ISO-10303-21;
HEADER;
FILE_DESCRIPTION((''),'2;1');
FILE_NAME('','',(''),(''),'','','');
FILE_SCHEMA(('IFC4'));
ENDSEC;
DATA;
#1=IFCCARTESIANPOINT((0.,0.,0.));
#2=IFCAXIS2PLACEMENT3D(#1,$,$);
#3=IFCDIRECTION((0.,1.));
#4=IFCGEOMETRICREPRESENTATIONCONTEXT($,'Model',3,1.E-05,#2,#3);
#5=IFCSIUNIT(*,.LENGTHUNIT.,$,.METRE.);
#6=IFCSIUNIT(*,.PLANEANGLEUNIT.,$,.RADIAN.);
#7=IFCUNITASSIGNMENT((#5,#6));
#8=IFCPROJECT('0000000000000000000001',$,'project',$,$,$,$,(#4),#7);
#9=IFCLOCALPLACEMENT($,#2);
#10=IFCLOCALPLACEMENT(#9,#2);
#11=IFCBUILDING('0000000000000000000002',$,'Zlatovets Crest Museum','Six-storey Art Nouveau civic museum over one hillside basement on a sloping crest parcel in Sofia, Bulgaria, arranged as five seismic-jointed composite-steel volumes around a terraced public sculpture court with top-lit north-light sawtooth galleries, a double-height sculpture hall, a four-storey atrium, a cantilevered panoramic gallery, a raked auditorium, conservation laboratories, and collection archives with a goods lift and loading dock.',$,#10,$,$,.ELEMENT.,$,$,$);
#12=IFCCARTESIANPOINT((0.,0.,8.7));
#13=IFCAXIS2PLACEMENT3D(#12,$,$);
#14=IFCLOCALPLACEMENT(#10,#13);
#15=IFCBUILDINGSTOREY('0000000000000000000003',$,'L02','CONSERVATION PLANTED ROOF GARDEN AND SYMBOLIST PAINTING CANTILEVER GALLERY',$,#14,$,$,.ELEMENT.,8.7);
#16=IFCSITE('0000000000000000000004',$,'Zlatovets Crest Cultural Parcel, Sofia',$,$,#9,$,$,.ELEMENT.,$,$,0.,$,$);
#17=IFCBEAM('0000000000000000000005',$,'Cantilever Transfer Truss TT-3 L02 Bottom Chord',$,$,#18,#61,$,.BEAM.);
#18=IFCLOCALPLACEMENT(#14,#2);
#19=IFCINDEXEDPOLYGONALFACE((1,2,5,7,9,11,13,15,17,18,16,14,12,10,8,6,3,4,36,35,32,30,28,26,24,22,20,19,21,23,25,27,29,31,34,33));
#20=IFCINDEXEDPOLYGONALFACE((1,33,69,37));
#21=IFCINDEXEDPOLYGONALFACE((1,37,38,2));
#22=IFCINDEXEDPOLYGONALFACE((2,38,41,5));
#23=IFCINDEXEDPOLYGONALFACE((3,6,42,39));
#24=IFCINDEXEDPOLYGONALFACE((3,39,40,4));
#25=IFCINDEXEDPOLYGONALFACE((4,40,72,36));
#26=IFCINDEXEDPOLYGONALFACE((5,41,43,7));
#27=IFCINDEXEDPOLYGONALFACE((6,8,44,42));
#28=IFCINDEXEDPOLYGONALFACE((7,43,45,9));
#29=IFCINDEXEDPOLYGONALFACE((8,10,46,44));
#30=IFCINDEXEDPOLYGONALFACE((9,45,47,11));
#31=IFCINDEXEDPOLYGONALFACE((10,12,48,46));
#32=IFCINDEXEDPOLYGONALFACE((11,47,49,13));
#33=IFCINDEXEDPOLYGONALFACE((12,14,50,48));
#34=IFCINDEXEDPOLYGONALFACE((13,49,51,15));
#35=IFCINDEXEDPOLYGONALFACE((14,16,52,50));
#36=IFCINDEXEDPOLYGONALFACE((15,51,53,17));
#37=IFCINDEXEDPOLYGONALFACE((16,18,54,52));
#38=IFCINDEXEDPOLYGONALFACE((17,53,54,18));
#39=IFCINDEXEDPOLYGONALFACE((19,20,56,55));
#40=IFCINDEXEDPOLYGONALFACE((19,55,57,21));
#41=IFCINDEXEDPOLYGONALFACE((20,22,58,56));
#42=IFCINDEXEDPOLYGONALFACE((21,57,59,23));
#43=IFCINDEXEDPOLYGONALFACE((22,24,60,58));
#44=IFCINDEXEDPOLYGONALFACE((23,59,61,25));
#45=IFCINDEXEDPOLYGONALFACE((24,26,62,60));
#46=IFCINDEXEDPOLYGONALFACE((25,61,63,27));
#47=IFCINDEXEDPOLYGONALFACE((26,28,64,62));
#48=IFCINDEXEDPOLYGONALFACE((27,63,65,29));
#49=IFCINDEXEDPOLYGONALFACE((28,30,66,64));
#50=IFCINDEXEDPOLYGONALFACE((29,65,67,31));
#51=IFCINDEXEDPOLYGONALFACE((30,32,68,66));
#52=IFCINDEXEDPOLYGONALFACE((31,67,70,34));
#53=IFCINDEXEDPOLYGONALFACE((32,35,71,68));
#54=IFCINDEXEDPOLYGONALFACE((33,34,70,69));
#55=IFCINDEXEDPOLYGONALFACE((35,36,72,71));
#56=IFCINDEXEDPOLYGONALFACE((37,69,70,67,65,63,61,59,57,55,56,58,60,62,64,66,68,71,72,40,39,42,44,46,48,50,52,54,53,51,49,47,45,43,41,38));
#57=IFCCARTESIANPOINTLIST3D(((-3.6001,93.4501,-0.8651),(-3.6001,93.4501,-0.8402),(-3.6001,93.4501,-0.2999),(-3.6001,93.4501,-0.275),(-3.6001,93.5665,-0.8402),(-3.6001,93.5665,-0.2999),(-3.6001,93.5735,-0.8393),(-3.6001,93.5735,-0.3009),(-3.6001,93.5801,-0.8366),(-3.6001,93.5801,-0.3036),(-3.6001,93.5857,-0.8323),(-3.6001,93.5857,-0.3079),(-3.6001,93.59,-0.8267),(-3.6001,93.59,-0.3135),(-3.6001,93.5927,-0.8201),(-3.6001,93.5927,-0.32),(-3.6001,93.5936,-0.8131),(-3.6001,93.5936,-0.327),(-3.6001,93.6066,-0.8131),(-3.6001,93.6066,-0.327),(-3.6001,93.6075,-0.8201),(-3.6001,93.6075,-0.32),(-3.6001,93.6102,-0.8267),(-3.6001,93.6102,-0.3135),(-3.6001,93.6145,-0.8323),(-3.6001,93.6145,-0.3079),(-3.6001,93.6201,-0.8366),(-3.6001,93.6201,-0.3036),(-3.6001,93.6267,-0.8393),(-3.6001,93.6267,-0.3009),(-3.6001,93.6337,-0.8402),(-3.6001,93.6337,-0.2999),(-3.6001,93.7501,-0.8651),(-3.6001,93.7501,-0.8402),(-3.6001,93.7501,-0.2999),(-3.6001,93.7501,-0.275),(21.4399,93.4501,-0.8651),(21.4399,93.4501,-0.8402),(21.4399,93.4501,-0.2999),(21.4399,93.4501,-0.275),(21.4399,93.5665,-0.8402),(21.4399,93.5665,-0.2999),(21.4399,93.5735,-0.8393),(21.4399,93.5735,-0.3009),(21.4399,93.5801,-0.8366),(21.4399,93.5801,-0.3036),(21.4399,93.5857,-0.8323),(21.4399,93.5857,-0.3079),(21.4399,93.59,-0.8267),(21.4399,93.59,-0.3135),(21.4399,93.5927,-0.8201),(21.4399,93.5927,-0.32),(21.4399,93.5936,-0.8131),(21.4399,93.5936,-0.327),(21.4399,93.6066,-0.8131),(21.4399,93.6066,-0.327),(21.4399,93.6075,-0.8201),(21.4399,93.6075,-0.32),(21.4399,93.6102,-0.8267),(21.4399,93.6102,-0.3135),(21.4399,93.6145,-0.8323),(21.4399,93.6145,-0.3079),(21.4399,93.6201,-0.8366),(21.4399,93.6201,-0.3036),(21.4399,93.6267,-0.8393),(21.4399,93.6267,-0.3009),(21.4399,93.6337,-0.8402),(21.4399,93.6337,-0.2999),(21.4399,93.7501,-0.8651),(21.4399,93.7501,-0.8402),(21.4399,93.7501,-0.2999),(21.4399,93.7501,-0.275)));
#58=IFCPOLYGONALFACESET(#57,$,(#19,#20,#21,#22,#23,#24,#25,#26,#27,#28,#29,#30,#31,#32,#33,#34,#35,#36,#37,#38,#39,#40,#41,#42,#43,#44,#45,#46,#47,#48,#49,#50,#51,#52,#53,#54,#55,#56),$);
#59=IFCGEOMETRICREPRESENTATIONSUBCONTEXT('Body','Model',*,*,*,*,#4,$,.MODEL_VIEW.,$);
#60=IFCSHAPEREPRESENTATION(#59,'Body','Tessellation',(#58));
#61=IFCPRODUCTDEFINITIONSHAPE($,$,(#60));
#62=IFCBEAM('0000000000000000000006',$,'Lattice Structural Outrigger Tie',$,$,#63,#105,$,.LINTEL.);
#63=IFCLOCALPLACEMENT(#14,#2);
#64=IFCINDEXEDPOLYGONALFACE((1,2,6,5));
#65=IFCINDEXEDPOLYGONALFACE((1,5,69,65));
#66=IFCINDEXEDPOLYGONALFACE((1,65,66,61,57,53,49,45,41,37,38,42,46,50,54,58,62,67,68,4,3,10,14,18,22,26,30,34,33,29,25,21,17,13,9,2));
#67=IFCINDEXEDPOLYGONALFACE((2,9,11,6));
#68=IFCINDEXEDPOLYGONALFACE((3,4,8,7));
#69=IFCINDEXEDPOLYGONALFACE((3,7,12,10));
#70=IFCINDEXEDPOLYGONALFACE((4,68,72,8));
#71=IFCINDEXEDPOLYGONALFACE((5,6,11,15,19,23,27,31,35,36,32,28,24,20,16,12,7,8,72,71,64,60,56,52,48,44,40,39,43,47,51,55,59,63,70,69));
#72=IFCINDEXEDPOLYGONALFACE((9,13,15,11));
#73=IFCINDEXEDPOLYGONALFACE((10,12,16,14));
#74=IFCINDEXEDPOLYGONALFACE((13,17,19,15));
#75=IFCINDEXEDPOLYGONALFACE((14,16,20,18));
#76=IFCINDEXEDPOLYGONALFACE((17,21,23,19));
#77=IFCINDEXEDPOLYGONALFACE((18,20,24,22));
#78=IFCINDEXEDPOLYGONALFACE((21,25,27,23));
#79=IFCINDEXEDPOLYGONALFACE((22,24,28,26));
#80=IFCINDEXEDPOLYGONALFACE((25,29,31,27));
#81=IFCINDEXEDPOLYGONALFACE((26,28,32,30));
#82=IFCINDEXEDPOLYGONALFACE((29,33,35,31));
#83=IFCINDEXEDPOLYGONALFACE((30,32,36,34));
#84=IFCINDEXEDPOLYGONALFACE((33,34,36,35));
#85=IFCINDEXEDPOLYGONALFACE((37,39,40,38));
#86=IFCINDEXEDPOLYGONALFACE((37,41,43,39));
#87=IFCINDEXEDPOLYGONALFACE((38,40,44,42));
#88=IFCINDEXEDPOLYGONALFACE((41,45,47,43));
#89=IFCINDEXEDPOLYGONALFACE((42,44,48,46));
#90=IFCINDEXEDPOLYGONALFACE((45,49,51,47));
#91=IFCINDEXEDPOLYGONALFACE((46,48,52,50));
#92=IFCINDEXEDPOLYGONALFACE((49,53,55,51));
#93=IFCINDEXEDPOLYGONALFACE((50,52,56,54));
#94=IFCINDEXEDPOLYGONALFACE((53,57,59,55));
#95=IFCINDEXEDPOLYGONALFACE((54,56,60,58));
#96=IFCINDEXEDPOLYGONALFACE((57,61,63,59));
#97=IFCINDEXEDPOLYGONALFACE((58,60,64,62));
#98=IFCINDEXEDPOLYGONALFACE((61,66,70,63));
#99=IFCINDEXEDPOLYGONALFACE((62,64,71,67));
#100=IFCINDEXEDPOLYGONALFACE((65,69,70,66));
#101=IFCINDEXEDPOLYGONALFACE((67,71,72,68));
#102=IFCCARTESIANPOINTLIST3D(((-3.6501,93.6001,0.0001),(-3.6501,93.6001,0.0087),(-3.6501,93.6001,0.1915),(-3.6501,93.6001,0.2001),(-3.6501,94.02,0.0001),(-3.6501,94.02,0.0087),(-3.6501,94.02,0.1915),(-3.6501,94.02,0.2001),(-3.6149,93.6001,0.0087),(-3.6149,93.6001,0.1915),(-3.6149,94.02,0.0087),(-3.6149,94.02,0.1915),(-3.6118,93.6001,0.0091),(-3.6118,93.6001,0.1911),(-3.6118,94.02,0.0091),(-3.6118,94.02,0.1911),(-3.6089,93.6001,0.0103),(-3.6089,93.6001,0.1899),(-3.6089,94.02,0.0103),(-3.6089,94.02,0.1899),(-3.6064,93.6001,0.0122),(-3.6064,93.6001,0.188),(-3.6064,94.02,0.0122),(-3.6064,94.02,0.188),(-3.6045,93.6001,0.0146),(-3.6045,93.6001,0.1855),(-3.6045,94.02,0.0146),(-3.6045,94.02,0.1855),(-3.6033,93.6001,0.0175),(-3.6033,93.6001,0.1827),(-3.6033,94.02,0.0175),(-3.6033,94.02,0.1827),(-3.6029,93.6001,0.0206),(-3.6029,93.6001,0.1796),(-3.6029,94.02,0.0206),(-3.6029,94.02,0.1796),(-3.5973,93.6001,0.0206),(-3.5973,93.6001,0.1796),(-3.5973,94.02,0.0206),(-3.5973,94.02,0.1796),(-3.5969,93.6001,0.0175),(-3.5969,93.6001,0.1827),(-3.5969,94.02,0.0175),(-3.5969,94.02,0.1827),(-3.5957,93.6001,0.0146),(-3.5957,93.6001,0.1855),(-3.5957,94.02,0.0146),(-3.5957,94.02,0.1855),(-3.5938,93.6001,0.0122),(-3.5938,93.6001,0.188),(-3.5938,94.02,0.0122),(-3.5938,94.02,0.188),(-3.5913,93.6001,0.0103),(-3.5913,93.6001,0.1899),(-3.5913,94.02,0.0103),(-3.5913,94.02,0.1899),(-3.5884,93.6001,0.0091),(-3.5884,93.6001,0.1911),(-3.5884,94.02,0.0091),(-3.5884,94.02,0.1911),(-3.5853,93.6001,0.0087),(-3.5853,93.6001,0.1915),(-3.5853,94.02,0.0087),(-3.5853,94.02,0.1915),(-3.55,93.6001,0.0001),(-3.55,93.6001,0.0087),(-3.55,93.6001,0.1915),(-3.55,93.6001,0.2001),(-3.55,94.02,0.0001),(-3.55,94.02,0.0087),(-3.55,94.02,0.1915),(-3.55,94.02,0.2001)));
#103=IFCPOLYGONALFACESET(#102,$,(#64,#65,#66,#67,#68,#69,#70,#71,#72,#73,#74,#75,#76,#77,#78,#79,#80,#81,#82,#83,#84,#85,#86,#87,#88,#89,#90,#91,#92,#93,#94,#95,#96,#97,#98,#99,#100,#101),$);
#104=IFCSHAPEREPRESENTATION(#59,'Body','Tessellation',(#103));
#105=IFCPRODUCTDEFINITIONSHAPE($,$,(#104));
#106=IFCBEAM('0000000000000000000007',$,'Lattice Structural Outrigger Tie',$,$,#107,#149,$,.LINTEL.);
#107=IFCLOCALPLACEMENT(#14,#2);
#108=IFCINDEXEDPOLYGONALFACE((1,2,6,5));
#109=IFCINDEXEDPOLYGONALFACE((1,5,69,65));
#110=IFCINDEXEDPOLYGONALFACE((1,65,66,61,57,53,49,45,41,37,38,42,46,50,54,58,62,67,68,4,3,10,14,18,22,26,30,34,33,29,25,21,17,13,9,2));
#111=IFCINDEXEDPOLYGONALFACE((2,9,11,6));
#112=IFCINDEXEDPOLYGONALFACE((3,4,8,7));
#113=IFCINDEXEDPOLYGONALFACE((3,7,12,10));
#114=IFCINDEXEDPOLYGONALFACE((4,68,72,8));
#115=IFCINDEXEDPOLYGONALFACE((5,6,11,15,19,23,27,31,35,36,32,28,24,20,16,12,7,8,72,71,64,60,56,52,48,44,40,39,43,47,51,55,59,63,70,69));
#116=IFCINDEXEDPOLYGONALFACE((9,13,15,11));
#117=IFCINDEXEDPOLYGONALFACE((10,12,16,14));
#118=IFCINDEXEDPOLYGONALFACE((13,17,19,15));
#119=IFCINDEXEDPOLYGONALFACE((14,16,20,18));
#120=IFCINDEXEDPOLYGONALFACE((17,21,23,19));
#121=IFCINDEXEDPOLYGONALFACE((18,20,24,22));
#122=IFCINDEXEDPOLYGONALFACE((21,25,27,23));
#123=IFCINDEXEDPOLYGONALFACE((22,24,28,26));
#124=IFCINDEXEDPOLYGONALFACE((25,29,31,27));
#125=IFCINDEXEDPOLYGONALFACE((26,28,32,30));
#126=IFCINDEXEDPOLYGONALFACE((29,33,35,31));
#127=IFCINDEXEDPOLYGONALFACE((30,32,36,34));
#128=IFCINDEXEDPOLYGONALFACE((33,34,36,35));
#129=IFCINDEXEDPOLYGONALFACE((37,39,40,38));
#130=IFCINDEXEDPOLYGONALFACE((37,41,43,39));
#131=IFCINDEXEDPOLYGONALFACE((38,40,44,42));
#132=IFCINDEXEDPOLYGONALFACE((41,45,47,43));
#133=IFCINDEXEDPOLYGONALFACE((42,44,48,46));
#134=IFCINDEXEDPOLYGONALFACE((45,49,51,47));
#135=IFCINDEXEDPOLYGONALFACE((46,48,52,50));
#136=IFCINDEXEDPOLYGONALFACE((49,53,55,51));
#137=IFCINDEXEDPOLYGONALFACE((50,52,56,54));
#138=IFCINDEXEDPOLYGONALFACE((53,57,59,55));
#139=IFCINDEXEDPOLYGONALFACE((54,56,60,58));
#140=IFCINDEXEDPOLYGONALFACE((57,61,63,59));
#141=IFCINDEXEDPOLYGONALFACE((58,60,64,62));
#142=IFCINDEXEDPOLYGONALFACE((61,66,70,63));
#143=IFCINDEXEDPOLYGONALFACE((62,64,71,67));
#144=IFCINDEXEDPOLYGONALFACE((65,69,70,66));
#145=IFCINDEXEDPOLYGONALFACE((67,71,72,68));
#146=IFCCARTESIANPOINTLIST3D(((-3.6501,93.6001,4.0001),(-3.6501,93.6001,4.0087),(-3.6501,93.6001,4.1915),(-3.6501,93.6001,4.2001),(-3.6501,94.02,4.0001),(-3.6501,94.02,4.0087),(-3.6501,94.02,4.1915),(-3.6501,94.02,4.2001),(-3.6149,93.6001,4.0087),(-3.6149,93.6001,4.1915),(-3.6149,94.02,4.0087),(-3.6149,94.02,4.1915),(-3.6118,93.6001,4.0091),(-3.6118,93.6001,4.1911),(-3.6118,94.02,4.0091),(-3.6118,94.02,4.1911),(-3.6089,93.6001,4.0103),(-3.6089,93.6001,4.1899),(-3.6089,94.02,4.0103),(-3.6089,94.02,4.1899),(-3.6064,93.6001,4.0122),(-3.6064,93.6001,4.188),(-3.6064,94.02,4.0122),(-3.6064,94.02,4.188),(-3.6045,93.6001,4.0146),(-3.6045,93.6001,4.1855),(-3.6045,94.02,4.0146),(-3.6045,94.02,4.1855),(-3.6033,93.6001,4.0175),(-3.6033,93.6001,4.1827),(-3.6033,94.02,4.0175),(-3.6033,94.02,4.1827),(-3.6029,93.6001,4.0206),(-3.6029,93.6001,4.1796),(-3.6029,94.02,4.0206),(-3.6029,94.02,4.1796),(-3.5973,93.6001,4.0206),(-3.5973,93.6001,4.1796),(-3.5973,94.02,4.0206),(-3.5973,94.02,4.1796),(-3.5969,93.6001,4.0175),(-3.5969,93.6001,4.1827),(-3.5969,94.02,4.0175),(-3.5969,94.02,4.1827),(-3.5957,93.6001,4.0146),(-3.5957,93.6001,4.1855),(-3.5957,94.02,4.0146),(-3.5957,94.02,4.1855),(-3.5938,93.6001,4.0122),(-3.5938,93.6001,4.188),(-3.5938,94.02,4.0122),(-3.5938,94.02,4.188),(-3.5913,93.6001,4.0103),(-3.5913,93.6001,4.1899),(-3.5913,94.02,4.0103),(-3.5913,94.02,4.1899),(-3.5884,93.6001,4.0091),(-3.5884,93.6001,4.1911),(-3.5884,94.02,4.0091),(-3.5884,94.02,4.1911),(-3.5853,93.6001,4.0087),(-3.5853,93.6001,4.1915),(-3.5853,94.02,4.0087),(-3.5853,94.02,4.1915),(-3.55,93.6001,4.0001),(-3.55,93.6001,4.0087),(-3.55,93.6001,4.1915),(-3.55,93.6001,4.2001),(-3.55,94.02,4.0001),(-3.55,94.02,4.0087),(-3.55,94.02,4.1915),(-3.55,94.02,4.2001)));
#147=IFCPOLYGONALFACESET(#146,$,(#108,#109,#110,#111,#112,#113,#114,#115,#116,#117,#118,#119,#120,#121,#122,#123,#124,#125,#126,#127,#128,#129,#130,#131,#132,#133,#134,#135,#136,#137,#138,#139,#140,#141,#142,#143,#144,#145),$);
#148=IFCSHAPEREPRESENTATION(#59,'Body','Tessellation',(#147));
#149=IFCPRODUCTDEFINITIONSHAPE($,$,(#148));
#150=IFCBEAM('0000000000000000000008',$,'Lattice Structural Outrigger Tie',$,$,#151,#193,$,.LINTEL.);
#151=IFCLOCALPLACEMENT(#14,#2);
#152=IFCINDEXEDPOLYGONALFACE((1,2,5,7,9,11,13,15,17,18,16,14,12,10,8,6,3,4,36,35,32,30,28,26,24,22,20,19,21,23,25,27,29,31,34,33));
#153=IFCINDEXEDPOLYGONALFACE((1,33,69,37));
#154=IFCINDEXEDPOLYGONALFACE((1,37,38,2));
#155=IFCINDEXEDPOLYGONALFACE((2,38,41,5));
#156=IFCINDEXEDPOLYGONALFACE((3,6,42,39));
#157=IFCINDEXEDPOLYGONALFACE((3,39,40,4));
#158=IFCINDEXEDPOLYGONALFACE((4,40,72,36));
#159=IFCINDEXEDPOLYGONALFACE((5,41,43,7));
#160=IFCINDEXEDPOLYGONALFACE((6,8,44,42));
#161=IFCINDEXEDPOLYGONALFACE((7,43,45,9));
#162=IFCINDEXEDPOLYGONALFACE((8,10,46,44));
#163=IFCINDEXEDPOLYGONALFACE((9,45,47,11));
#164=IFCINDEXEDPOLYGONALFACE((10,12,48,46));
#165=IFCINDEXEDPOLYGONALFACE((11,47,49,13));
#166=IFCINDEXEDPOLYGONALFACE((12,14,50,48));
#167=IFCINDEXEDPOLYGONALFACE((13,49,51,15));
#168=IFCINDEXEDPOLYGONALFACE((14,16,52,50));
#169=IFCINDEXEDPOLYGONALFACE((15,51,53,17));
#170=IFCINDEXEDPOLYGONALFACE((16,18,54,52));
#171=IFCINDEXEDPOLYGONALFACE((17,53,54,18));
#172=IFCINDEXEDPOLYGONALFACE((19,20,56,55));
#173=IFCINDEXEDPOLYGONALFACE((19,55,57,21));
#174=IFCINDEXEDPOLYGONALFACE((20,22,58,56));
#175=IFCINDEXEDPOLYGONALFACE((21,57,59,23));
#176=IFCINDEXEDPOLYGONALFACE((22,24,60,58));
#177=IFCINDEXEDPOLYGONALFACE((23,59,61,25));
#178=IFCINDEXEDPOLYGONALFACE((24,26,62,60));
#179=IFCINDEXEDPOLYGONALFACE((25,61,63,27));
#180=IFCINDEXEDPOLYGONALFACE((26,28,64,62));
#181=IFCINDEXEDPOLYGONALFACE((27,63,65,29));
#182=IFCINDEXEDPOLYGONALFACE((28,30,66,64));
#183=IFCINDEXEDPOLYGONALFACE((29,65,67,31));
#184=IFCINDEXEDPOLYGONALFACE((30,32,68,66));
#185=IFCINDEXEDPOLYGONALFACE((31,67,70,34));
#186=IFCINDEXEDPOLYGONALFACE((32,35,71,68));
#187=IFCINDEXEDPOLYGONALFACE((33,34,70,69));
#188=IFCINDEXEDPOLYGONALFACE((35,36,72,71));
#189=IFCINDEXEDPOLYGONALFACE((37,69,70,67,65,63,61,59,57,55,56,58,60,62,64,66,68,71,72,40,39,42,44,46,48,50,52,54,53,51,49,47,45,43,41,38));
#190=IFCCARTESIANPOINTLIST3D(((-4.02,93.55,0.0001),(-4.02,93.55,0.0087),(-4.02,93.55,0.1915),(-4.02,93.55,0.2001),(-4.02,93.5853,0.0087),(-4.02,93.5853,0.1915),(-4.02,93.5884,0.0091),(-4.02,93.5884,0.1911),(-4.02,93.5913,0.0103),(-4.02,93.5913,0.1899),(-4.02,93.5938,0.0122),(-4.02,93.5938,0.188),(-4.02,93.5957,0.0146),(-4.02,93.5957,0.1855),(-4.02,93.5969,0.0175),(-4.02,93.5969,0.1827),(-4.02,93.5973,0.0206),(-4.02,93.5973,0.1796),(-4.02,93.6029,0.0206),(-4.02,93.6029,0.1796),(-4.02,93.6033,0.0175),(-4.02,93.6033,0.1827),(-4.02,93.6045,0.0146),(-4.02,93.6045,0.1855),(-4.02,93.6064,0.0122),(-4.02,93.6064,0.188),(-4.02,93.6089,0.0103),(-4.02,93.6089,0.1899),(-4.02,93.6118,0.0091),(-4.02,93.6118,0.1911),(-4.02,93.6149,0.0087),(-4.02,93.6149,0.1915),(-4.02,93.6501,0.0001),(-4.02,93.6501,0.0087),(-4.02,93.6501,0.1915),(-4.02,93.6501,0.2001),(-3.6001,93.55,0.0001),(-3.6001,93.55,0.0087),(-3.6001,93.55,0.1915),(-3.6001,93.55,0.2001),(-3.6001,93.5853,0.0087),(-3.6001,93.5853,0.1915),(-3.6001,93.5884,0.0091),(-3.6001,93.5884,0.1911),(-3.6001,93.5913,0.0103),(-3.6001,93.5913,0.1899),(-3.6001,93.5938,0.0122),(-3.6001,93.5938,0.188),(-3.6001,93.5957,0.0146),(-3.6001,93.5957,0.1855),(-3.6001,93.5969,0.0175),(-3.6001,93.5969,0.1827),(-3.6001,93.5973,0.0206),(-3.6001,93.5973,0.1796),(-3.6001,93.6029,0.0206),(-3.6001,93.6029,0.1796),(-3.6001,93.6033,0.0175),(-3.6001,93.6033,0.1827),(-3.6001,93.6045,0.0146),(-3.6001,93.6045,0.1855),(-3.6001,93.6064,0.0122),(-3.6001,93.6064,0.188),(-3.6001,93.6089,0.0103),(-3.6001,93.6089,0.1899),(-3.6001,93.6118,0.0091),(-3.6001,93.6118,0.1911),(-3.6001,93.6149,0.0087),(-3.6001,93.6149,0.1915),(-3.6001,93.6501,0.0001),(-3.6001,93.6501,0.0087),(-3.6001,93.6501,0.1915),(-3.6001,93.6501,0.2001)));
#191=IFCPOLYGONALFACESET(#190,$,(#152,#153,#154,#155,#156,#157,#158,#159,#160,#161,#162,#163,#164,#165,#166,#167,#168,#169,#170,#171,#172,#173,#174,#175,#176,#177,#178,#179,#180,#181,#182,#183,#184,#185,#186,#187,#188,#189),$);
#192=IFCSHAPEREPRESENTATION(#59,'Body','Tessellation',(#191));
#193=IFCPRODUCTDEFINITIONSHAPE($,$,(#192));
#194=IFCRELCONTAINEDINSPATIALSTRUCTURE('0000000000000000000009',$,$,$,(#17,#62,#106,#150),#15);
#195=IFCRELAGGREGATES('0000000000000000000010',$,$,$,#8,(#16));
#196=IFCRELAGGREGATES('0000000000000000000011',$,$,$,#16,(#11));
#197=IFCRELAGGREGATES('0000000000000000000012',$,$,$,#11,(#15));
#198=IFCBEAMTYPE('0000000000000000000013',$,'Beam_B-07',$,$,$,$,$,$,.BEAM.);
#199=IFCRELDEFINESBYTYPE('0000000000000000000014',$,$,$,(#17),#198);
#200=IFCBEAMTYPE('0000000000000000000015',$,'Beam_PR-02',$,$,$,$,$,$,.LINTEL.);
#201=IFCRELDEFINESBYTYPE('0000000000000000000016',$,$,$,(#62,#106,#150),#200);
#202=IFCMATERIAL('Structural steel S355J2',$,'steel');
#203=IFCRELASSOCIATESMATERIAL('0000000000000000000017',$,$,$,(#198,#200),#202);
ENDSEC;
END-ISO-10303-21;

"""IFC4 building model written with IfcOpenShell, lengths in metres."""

from ifc_helpers import new_model, si_unit, direction, frame, origin, origin_2d, place, context, subcontext, project, spatial, i_section, extrude, material, material_profile, profile_set, type_object, element, save


model = new_model("IFC4")

# Units and contexts
model_context = context("Model", 3, precision=1e-05, world=origin(), true_north=direction((0.0, 1.0)))
body_context = subcontext(model_context, "Body", "Model", "MODEL_VIEW")
ifc_project = project(units=[si_unit("LENGTHUNIT", "METRE"), si_unit("PLANEANGLEUNIT", "RADIAN")], contexts=[model_context])

# Site, building, storey
site_placement = place(None, origin())
site = spatial("IfcSite", under=ifc_project, at=site_placement, Name="Zlatovets Crest Cultural Parcel, Sofia", CompositionType="ELEMENT", RefElevation=0.0)
building_placement = place(site_placement, origin())
building = spatial("IfcBuilding", under=site, at=building_placement, Name="Zlatovets Crest Museum", Description="Six-storey Art Nouveau civic museum over one hillside basement on a sloping crest parcel in Sofia, Bulgaria, arranged as five seismic-jointed composite-steel volumes around a terraced public sculpture court with top-lit north-light sawtooth galleries, a double-height sculpture hall, a four-storey atrium, a cantilevered panoramic gallery, a raked auditorium, conservation laboratories, and collection archives with a goods lift and loading dock.", CompositionType="ELEMENT")
storey_placement = place(building_placement, frame((0.0, 0.0, 8.7)))
storey = spatial("IfcBuildingStorey", under=building, at=storey_placement, Name="L02", Description="CONSERVATION PLANTED ROOF GARDEN AND SYMBOLIST PAINTING CANTILEVER GALLERY", CompositionType="ELEMENT", Elevation=8.7)

# Beams
ifc_material_1 = material(Name="Structural steel S355J2", Category="steel")
ifc_material_profile_1 = material_profile(ifc_material_1, i_section(OverallWidth=0.3, OverallDepth=0.5901, WebThickness=0.0129, FlangeThickness=0.0249, FilletRadius=0.0271, at=origin_2d()), Name="HEA 600")
ifc_profile_set_1 = profile_set([ifc_material_profile_1], Name="Structural steel S355J2")
beam_type_1 = type_object("IfcBeamType", Name="Beam_B-07", PredefinedType="BEAM", material=ifc_profile_set_1)
beam_placement = place(storey_placement, frame((-3.6001, 93.6001, -0.5701), z_axis=(1.0, 0.0, 0.0), x_axis=(0.0, 1.0, 0.0)))
element("IfcBeam", 1, at=beam_placement, inside=storey, type_object=beam_type_1, Name="Cantilever Transfer Truss TT-3 L02 Bottom Chord", PredefinedType="BEAM", context=body_context, shape_type="SweptSolid", body=[
    extrude(i_section(OverallWidth=0.3, OverallDepth=0.5901, WebThickness=0.0129, FlangeThickness=0.0249, FilletRadius=0.0271, at=origin_2d()), origin(), (0.0, 0.0, 1.0), 25.04),
])
ifc_material_profile_2 = material_profile(ifc_material_1, i_section(OverallWidth=0.1001, OverallDepth=0.2, WebThickness=0.0056, FlangeThickness=0.0085, FilletRadius=0.012, at=origin_2d()), Name="IPE 200")
ifc_profile_set_2 = profile_set([ifc_material_profile_2], Name="Structural steel S355J2")
beam_type_2 = type_object("IfcBeamType", Name="Beam_PR-02", PredefinedType="LINTEL", material=ifc_profile_set_2)
for number, where, z_axis, x_axis, name in (
    (2, (-3.6001, 93.6001, 0.1001), (0.0, 1.0, 0.0), (-1.0, 0.0, 0.0), "Lattice Structural Outrigger Tie"),
    (3, (-3.6001, 93.6001, 4.1001), (0.0, 1.0, 0.0), (-1.0, 0.0, 0.0), "Lattice Structural Outrigger Tie"),
    (4, (-3.6001, 93.6001, 0.1001), (-1.0, 0.0, 0.0), (0.0, -1.0, 0.0), "Lattice Structural Outrigger Tie"),
):
    element("IfcBeam", number, at=place(storey_placement, frame(where, z_axis=z_axis, x_axis=x_axis)), inside=storey, type_object=beam_type_2, Name=name, PredefinedType="LINTEL", context=body_context, shape_type="SweptSolid", body=[
        extrude(i_section(OverallWidth=0.1001, OverallDepth=0.2, WebThickness=0.0056, FlangeThickness=0.0085, FilletRadius=0.012, at=origin_2d()), origin(), (0.0, 0.0, 1.0), 0.4199),
    ])

save(model, "model.ifc")
